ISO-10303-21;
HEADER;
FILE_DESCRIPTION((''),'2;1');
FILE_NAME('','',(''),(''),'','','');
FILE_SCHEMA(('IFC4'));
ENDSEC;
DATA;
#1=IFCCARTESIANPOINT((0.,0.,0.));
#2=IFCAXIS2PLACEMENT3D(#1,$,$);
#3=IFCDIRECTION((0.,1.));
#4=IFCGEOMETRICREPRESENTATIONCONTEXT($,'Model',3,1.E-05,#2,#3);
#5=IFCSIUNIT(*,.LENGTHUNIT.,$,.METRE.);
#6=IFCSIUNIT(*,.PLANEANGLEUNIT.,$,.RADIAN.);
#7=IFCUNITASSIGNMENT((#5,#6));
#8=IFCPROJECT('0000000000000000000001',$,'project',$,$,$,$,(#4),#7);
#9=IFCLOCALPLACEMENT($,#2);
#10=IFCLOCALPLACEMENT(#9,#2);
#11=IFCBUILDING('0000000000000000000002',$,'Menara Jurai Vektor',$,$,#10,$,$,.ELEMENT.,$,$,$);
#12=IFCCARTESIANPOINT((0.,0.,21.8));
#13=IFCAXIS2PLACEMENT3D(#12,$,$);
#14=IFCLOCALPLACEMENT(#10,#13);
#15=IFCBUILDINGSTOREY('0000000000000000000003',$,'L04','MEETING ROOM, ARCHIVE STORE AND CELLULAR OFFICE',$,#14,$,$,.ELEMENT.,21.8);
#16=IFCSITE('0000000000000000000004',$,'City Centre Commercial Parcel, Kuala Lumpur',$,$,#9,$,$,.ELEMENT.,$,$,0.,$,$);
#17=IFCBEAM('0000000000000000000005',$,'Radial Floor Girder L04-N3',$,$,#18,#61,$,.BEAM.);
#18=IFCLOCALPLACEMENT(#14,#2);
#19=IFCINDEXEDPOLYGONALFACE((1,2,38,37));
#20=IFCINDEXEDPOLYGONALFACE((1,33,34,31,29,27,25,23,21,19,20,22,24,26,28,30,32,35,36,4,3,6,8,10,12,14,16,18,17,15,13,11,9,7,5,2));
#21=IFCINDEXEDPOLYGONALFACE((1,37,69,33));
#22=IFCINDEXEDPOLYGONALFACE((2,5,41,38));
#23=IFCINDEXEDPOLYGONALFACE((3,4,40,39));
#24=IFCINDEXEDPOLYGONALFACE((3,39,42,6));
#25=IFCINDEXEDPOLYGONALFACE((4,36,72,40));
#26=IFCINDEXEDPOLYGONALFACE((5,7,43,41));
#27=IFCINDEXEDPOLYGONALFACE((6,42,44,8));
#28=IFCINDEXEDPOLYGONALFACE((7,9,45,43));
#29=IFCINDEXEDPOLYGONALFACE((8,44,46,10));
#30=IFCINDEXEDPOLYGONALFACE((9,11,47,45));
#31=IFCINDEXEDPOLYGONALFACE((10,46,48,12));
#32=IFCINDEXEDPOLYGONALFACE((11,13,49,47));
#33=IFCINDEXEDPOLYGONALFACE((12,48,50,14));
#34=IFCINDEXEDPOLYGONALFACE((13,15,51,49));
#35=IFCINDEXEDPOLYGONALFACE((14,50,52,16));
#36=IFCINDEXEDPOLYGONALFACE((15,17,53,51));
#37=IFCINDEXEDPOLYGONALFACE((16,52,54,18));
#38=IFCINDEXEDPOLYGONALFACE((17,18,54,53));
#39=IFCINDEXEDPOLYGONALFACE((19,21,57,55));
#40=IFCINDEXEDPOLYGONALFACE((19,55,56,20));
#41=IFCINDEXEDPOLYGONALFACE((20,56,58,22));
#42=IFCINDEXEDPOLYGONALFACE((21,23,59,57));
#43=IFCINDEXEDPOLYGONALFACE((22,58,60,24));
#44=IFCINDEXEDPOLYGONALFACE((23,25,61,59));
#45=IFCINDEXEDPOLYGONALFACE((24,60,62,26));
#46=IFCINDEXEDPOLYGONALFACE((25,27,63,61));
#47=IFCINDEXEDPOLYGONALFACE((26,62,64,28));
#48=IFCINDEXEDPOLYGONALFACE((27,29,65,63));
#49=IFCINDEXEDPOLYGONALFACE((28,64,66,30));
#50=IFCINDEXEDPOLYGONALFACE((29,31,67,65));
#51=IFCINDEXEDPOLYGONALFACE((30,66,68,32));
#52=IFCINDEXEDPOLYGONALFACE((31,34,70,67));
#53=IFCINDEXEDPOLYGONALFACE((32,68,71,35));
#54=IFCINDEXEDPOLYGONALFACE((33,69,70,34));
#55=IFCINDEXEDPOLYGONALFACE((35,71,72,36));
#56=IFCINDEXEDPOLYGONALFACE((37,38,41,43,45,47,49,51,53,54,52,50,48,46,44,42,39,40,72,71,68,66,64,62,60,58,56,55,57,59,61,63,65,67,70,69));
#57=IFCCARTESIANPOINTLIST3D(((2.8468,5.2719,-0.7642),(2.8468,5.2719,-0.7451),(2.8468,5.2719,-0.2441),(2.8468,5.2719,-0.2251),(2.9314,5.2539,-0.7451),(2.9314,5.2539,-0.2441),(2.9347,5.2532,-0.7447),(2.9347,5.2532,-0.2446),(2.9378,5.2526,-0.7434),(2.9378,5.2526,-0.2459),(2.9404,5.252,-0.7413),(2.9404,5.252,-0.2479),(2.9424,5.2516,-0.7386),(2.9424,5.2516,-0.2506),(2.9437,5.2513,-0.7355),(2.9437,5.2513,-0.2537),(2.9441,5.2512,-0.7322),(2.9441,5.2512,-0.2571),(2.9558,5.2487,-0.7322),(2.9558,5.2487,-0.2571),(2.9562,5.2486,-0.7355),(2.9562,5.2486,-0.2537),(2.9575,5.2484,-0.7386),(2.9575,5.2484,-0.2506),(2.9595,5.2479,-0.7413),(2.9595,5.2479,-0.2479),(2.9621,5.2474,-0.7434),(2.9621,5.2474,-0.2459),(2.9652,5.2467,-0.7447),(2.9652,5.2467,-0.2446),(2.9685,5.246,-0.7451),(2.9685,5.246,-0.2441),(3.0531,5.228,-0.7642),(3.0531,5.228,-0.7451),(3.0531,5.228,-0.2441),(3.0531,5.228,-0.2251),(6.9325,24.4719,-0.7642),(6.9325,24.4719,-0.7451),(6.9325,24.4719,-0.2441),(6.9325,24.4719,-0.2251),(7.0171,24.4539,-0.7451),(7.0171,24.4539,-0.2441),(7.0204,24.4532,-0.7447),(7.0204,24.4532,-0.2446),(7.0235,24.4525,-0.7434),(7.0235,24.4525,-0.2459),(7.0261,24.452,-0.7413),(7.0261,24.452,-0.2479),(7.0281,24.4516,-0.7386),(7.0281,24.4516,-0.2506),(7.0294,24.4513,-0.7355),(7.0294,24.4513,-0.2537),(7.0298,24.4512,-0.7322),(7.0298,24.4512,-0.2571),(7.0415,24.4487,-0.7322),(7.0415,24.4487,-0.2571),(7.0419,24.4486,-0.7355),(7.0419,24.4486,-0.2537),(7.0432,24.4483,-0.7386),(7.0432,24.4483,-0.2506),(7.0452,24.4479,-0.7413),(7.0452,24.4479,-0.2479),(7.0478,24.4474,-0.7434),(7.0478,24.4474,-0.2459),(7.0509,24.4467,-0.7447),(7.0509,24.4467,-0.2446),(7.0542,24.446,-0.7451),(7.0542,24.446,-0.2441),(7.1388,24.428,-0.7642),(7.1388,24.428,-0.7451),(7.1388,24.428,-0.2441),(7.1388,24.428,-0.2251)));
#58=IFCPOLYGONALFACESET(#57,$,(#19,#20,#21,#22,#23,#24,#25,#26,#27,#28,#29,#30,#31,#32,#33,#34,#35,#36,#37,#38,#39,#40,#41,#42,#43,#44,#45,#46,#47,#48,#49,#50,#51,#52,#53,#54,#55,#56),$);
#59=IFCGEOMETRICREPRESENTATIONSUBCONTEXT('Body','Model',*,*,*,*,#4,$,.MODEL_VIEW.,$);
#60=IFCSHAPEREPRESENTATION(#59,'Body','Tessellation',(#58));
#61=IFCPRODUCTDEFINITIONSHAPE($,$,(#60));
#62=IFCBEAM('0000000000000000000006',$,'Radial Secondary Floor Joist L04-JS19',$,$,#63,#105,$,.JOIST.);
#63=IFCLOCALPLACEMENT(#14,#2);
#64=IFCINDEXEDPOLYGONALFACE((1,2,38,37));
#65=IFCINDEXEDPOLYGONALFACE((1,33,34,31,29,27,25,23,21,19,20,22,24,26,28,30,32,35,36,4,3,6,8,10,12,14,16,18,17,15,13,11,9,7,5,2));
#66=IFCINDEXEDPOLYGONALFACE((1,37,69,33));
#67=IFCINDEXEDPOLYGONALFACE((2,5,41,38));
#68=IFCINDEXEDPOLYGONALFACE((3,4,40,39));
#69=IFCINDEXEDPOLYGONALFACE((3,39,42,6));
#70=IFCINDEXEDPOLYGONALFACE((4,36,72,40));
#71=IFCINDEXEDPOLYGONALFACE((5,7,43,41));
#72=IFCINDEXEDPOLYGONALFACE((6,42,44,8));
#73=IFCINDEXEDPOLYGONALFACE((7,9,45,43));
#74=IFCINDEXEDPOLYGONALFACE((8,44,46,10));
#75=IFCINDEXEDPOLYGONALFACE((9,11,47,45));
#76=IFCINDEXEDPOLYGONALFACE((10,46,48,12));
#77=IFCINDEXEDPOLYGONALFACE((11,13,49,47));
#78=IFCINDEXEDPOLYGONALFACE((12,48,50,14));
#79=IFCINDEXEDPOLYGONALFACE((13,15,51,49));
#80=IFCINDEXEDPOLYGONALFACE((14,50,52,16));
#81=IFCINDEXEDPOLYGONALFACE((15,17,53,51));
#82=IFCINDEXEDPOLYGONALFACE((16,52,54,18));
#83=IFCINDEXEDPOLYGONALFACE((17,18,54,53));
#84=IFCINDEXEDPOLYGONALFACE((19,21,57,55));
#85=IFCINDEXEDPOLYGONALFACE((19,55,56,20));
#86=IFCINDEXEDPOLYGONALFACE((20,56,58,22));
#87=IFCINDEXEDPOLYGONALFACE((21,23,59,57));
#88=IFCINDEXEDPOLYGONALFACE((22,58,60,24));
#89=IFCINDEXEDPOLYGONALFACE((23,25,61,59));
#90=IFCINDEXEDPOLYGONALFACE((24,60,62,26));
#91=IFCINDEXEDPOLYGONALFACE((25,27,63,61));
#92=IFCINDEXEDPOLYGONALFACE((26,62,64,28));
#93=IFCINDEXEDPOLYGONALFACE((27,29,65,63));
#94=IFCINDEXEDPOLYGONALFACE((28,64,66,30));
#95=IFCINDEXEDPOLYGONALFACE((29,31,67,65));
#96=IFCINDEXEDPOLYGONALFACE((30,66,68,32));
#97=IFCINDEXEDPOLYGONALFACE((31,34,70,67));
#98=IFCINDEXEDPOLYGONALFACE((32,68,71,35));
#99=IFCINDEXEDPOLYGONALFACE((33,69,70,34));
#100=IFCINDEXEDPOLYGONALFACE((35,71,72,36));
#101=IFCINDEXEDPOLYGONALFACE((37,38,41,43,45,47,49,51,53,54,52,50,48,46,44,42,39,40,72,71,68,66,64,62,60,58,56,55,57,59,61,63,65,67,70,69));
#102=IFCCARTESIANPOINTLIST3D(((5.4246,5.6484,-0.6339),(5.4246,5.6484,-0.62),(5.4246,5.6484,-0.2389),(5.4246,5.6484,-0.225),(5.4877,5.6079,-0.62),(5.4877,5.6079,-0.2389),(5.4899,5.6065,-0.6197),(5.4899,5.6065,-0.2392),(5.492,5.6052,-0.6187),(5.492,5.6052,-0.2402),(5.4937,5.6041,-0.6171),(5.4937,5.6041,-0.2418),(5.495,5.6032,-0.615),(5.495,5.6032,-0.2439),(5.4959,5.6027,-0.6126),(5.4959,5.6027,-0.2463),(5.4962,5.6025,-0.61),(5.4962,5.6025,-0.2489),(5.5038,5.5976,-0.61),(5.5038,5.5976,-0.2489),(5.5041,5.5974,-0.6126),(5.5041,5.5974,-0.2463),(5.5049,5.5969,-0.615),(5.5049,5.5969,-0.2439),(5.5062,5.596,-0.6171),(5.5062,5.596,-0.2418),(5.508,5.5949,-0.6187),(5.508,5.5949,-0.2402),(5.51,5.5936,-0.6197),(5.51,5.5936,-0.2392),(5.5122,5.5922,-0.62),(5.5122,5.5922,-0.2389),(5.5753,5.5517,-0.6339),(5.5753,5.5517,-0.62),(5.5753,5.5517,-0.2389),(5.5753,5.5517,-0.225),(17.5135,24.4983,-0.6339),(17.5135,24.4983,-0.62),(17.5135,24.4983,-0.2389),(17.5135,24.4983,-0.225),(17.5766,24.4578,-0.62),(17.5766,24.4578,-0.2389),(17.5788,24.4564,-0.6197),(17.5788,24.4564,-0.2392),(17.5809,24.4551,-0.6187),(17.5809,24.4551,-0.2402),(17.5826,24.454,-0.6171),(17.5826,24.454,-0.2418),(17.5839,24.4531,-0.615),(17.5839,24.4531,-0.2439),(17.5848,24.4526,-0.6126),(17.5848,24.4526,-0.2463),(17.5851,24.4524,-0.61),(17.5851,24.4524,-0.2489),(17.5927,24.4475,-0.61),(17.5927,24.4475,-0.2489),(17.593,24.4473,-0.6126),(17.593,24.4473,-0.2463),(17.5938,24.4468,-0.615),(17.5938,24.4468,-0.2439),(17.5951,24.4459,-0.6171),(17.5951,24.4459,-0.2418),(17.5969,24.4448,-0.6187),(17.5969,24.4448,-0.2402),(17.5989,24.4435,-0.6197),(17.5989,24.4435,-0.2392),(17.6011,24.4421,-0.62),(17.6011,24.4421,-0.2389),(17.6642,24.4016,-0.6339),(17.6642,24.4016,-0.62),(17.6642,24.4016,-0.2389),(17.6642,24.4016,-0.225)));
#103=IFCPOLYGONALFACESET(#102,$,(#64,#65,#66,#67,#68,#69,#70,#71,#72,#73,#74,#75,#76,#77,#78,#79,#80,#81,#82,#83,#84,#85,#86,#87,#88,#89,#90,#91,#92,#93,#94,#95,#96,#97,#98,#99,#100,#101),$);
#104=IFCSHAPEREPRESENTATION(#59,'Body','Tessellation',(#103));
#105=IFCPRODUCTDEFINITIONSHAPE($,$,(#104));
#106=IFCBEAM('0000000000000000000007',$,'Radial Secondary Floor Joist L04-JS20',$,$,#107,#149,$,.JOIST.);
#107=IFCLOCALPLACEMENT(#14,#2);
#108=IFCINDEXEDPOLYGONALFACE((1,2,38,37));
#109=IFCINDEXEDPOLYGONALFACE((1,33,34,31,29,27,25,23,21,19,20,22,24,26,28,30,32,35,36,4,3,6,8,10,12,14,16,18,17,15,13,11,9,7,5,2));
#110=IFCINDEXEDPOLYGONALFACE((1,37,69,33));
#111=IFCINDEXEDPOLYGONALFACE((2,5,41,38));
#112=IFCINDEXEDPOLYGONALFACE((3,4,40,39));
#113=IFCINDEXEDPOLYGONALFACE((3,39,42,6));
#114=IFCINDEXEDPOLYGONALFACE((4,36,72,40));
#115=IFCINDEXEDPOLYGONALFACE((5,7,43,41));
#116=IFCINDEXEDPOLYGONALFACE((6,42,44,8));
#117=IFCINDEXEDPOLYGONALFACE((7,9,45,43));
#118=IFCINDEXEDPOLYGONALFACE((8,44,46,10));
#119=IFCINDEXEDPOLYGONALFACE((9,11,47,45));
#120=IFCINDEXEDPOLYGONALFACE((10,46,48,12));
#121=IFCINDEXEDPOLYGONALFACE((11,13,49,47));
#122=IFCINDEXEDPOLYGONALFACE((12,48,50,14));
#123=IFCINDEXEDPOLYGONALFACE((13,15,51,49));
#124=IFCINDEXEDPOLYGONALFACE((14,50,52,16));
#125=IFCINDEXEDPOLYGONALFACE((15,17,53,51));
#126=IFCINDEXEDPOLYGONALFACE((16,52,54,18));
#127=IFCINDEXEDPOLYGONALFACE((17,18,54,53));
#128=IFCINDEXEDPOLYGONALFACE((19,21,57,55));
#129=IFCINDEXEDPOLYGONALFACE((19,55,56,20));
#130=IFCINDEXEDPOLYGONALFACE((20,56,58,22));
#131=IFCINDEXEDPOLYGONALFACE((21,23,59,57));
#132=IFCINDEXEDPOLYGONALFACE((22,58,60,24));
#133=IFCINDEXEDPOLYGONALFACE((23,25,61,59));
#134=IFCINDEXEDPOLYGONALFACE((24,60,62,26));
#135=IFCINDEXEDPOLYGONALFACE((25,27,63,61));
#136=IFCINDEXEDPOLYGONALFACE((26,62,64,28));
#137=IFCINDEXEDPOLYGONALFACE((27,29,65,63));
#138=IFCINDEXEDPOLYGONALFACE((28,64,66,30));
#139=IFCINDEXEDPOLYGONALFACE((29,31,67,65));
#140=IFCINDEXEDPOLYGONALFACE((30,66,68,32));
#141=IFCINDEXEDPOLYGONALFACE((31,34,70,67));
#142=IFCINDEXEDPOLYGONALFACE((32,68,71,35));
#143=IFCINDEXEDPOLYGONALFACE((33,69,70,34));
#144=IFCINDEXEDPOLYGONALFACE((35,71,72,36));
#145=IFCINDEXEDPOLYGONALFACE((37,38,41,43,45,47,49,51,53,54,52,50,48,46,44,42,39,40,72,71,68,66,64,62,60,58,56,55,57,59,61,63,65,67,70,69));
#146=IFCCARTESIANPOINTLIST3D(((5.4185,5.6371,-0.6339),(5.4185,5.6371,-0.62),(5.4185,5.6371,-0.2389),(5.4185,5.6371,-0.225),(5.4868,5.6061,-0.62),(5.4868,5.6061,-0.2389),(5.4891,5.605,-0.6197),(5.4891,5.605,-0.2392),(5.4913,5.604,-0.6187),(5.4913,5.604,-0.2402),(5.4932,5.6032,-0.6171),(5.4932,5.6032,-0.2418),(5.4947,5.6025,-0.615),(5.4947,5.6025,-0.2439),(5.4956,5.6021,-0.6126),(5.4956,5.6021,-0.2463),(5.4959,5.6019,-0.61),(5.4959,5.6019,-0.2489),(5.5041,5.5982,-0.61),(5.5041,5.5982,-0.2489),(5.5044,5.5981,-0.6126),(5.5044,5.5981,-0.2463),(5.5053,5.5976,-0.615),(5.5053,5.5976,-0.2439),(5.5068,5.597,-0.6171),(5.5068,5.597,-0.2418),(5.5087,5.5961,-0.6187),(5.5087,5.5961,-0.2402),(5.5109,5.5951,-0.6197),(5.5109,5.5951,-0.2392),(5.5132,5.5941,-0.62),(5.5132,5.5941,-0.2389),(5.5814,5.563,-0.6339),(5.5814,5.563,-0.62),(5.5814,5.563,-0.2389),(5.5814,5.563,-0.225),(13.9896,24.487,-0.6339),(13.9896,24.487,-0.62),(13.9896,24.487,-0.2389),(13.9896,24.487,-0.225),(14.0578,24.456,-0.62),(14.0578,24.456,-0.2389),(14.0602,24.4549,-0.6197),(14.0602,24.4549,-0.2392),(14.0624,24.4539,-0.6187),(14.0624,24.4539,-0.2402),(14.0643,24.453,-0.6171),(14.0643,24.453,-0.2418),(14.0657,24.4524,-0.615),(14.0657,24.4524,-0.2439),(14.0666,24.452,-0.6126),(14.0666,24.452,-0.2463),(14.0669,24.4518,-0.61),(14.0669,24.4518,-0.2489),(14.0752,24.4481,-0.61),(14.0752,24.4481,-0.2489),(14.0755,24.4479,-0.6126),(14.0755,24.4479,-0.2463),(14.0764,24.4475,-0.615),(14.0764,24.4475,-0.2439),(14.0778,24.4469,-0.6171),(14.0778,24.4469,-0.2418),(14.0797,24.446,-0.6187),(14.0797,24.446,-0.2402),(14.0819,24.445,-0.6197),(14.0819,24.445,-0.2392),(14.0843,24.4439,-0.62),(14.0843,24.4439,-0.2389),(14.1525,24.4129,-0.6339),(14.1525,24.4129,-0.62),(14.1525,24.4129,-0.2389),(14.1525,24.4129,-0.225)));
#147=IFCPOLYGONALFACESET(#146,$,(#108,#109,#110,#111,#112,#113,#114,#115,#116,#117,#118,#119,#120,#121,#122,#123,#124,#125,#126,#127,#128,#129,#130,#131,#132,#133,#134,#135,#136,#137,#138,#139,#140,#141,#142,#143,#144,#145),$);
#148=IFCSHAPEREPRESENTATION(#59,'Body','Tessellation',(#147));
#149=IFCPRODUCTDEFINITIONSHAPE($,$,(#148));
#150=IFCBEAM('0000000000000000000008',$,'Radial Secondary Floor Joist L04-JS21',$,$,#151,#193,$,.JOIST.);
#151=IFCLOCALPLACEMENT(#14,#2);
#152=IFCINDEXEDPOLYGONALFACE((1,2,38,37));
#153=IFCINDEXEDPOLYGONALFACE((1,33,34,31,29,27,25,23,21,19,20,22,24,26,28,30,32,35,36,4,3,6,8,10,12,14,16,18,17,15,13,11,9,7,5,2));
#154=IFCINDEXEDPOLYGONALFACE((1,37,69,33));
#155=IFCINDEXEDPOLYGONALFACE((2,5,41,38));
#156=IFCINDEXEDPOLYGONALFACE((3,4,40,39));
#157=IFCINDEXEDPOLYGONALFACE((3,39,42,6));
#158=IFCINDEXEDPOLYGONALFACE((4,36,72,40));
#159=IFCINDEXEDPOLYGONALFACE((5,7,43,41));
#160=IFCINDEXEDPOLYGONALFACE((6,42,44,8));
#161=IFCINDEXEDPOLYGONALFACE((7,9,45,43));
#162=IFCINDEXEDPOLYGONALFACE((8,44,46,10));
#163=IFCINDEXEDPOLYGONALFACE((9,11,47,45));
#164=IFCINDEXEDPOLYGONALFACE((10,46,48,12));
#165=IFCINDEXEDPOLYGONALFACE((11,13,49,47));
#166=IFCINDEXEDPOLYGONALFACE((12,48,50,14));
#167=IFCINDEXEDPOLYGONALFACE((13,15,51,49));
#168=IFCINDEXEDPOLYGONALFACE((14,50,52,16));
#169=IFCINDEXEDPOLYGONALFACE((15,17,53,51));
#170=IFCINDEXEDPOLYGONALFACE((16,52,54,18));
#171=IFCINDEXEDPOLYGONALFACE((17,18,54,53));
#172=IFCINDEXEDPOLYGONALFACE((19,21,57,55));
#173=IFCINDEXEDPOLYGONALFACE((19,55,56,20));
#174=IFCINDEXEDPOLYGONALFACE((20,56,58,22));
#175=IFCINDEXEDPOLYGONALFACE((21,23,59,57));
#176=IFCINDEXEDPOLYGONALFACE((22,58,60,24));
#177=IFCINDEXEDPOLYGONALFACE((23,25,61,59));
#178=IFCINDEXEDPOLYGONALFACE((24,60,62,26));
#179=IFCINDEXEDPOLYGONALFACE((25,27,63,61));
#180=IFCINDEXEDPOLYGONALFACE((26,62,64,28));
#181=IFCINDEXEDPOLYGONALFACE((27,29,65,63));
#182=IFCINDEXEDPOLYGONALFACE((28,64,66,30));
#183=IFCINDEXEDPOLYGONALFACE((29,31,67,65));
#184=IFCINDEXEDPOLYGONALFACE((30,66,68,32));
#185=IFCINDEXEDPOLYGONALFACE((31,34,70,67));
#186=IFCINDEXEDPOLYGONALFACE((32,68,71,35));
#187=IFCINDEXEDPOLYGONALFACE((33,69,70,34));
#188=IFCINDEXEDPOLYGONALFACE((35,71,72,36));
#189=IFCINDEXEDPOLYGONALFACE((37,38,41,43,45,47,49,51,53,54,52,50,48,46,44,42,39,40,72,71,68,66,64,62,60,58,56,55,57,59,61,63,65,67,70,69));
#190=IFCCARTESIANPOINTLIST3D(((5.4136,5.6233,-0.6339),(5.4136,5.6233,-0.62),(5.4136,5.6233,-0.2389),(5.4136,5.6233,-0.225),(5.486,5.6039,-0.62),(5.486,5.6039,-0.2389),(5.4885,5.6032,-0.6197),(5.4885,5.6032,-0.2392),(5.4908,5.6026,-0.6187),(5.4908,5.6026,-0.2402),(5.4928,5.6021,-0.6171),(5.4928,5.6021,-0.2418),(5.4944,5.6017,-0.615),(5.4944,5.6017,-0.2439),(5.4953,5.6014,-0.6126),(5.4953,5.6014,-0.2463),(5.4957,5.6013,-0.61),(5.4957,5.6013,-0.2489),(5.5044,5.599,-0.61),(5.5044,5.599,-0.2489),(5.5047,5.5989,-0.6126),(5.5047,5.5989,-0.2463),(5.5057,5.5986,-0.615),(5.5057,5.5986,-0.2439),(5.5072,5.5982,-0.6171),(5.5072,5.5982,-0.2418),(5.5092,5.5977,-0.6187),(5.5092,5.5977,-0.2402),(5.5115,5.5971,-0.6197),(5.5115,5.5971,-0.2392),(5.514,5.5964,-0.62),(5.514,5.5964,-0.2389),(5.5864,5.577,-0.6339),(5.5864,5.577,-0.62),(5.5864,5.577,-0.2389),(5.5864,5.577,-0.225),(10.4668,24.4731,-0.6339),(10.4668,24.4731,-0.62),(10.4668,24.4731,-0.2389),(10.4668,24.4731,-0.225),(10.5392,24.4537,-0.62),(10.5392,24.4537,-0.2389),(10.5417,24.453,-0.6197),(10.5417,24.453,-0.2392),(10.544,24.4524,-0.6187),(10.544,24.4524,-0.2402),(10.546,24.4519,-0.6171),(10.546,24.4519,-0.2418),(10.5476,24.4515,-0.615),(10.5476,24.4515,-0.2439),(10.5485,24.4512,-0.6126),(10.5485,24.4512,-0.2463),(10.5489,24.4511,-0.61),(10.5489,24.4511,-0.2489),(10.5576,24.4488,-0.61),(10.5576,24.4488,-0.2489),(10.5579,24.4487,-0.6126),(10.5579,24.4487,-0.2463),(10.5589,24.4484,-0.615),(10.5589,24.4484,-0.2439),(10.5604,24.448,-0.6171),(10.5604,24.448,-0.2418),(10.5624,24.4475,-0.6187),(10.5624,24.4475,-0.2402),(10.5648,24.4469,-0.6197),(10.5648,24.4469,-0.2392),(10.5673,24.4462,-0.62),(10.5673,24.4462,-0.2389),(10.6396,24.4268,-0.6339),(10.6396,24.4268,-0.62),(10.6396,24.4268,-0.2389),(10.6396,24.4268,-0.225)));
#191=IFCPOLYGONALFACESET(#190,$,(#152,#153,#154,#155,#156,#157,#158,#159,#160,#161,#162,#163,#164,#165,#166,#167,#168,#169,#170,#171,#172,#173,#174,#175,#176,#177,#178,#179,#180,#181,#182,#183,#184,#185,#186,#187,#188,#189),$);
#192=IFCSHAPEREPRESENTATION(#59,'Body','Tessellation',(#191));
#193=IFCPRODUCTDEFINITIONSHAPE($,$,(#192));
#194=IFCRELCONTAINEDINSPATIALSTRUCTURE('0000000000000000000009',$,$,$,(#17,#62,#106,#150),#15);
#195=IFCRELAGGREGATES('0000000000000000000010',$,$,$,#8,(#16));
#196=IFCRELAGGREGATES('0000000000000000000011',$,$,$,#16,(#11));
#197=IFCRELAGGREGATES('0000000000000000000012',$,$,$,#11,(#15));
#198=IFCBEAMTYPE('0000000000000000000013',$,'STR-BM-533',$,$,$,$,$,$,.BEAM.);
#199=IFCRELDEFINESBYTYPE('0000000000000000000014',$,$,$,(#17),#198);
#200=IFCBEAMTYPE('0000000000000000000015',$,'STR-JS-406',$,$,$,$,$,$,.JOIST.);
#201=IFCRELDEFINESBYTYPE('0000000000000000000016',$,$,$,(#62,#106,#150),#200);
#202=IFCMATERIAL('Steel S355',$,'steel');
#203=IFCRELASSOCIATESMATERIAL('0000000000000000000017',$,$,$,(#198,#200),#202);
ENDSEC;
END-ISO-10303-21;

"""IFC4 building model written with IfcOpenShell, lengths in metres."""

from ifc_helpers import new_model, si_unit, direction, frame, origin, origin_2d, place, context, subcontext, project, spatial, i_section, extrude, material, material_profile, profile_set, type_object, element, save


model = new_model("IFC4")

# Units and contexts
model_context = context("Model", 3, precision=1e-05, world=origin(), true_north=direction((0.0, 1.0)))
body_context = subcontext(model_context, "Body", "Model", "MODEL_VIEW")
ifc_project = project(units=[si_unit("LENGTHUNIT", "METRE"), si_unit("PLANEANGLEUNIT", "RADIAN")], contexts=[model_context])

# Site, building, storey
site_placement = place(None, origin())
site = spatial("IfcSite", under=ifc_project, at=site_placement, Name="City Centre Commercial Parcel, Kuala Lumpur", CompositionType="ELEMENT", RefElevation=0.0)
building_placement = place(site_placement, origin())
building = spatial("IfcBuilding", under=site, at=building_placement, Name="Menara Jurai Vektor", CompositionType="ELEMENT")
storey_placement = place(building_placement, frame((0.0, 0.0, 21.8)))
storey = spatial("IfcBuildingStorey", under=building, at=storey_placement, Name="L04", Description="MEETING ROOM, ARCHIVE STORE AND CELLULAR OFFICE", CompositionType="ELEMENT", Elevation=21.8)

# Beams
ifc_material_1 = material(Name="Steel S355", Category="steel")
ifc_material_profile_1 = material_profile(ifc_material_1, i_section(OverallWidth=0.2109, OverallDepth=0.5391, WebThickness=0.012, FlangeThickness=0.019, FilletRadius=0.0129, at=origin_2d()), Name="UKB 533x210x109")
ifc_profile_set_1 = profile_set([ifc_material_profile_1], Name="Steel S355")
beam_type_1 = type_object("IfcBeamType", Name="STR-BM-533", PredefinedType="BEAM", material=ifc_profile_set_1)
beam_1_placement = place(storey_placement, frame((7.0356, 24.45, -0.4946), z_axis=(-0.208137, -0.9781, 0.0), x_axis=(0.9781, -0.208137, 0.0)))
element("IfcBeam", 1, at=beam_1_placement, inside=storey, type_object=beam_type_1, Name="Radial Floor Girder L04-N3", PredefinedType="BEAM", context=body_context, shape_type="SweptSolid", body=[
    extrude(i_section(OverallWidth=0.2109, OverallDepth=0.5391, WebThickness=0.012, FlangeThickness=0.019, FilletRadius=0.0129, at=origin_2d()), origin(), (0.0, 0.0, 1.0), 19.6299),
])
ifc_material_profile_2 = material_profile(ifc_material_1, i_section(OverallWidth=0.179, OverallDepth=0.4089, WebThickness=0.009, FlangeThickness=0.0139, FilletRadius=0.01, at=origin_2d()), Name="UKB 406x178x67")
ifc_profile_set_2 = profile_set([ifc_material_profile_2], Name="Steel S355")
beam_type_2 = type_object("IfcBeamType", Name="STR-JS-406", PredefinedType="JOIST", material=ifc_profile_set_2)
beam_2_placement = place(storey_placement, frame((17.5889, 24.45, -0.4294), z_axis=(-0.539844, -0.841765, 0.0), x_axis=(0.841765, -0.539844, 0.0)))
element("IfcBeam", 2, at=beam_2_placement, inside=storey, type_object=beam_type_2, Name="Radial Secondary Floor Joist L04-JS19", PredefinedType="JOIST", context=body_context, shape_type="SweptSolid", body=[
    extrude(i_section(OverallWidth=0.179, OverallDepth=0.4089, WebThickness=0.009, FlangeThickness=0.0139, FilletRadius=0.01, at=origin_2d()), origin(), (0.0, 0.0, 1.0), 22.3933),
])
beam_3_placement = place(storey_placement, frame((14.071, 24.45, -0.4294), z_axis=(-0.41392, -0.910313, 0.0), x_axis=(0.910313, -0.41392, 0.0)))
element("IfcBeam", 3, at=beam_3_placement, inside=storey, type_object=beam_type_2, Name="Radial Secondary Floor Joist L04-JS20", PredefinedType="JOIST", context=body_context, shape_type="SweptSolid", body=[
    extrude(i_section(OverallWidth=0.179, OverallDepth=0.4089, WebThickness=0.009, FlangeThickness=0.0139, FilletRadius=0.01, at=origin_2d()), origin(), (0.0, 0.0, 1.0), 20.707),
])
beam_4_placement = place(storey_placement, frame((10.5532, 24.45, -0.4294), z_axis=(-0.258935, -0.965895, 0.0), x_axis=(0.965895, -0.258935, 0.0)))
element("IfcBeam", 4, at=beam_4_placement, inside=storey, type_object=beam_type_2, Name="Radial Secondary Floor Joist L04-JS21", PredefinedType="JOIST", context=body_context, shape_type="SweptSolid", body=[
    extrude(i_section(OverallWidth=0.179, OverallDepth=0.4089, WebThickness=0.009, FlangeThickness=0.0139, FilletRadius=0.01, at=origin_2d()), origin(), (0.0, 0.0, 1.0), 19.5154),
])

save(model, "model.ifc")
